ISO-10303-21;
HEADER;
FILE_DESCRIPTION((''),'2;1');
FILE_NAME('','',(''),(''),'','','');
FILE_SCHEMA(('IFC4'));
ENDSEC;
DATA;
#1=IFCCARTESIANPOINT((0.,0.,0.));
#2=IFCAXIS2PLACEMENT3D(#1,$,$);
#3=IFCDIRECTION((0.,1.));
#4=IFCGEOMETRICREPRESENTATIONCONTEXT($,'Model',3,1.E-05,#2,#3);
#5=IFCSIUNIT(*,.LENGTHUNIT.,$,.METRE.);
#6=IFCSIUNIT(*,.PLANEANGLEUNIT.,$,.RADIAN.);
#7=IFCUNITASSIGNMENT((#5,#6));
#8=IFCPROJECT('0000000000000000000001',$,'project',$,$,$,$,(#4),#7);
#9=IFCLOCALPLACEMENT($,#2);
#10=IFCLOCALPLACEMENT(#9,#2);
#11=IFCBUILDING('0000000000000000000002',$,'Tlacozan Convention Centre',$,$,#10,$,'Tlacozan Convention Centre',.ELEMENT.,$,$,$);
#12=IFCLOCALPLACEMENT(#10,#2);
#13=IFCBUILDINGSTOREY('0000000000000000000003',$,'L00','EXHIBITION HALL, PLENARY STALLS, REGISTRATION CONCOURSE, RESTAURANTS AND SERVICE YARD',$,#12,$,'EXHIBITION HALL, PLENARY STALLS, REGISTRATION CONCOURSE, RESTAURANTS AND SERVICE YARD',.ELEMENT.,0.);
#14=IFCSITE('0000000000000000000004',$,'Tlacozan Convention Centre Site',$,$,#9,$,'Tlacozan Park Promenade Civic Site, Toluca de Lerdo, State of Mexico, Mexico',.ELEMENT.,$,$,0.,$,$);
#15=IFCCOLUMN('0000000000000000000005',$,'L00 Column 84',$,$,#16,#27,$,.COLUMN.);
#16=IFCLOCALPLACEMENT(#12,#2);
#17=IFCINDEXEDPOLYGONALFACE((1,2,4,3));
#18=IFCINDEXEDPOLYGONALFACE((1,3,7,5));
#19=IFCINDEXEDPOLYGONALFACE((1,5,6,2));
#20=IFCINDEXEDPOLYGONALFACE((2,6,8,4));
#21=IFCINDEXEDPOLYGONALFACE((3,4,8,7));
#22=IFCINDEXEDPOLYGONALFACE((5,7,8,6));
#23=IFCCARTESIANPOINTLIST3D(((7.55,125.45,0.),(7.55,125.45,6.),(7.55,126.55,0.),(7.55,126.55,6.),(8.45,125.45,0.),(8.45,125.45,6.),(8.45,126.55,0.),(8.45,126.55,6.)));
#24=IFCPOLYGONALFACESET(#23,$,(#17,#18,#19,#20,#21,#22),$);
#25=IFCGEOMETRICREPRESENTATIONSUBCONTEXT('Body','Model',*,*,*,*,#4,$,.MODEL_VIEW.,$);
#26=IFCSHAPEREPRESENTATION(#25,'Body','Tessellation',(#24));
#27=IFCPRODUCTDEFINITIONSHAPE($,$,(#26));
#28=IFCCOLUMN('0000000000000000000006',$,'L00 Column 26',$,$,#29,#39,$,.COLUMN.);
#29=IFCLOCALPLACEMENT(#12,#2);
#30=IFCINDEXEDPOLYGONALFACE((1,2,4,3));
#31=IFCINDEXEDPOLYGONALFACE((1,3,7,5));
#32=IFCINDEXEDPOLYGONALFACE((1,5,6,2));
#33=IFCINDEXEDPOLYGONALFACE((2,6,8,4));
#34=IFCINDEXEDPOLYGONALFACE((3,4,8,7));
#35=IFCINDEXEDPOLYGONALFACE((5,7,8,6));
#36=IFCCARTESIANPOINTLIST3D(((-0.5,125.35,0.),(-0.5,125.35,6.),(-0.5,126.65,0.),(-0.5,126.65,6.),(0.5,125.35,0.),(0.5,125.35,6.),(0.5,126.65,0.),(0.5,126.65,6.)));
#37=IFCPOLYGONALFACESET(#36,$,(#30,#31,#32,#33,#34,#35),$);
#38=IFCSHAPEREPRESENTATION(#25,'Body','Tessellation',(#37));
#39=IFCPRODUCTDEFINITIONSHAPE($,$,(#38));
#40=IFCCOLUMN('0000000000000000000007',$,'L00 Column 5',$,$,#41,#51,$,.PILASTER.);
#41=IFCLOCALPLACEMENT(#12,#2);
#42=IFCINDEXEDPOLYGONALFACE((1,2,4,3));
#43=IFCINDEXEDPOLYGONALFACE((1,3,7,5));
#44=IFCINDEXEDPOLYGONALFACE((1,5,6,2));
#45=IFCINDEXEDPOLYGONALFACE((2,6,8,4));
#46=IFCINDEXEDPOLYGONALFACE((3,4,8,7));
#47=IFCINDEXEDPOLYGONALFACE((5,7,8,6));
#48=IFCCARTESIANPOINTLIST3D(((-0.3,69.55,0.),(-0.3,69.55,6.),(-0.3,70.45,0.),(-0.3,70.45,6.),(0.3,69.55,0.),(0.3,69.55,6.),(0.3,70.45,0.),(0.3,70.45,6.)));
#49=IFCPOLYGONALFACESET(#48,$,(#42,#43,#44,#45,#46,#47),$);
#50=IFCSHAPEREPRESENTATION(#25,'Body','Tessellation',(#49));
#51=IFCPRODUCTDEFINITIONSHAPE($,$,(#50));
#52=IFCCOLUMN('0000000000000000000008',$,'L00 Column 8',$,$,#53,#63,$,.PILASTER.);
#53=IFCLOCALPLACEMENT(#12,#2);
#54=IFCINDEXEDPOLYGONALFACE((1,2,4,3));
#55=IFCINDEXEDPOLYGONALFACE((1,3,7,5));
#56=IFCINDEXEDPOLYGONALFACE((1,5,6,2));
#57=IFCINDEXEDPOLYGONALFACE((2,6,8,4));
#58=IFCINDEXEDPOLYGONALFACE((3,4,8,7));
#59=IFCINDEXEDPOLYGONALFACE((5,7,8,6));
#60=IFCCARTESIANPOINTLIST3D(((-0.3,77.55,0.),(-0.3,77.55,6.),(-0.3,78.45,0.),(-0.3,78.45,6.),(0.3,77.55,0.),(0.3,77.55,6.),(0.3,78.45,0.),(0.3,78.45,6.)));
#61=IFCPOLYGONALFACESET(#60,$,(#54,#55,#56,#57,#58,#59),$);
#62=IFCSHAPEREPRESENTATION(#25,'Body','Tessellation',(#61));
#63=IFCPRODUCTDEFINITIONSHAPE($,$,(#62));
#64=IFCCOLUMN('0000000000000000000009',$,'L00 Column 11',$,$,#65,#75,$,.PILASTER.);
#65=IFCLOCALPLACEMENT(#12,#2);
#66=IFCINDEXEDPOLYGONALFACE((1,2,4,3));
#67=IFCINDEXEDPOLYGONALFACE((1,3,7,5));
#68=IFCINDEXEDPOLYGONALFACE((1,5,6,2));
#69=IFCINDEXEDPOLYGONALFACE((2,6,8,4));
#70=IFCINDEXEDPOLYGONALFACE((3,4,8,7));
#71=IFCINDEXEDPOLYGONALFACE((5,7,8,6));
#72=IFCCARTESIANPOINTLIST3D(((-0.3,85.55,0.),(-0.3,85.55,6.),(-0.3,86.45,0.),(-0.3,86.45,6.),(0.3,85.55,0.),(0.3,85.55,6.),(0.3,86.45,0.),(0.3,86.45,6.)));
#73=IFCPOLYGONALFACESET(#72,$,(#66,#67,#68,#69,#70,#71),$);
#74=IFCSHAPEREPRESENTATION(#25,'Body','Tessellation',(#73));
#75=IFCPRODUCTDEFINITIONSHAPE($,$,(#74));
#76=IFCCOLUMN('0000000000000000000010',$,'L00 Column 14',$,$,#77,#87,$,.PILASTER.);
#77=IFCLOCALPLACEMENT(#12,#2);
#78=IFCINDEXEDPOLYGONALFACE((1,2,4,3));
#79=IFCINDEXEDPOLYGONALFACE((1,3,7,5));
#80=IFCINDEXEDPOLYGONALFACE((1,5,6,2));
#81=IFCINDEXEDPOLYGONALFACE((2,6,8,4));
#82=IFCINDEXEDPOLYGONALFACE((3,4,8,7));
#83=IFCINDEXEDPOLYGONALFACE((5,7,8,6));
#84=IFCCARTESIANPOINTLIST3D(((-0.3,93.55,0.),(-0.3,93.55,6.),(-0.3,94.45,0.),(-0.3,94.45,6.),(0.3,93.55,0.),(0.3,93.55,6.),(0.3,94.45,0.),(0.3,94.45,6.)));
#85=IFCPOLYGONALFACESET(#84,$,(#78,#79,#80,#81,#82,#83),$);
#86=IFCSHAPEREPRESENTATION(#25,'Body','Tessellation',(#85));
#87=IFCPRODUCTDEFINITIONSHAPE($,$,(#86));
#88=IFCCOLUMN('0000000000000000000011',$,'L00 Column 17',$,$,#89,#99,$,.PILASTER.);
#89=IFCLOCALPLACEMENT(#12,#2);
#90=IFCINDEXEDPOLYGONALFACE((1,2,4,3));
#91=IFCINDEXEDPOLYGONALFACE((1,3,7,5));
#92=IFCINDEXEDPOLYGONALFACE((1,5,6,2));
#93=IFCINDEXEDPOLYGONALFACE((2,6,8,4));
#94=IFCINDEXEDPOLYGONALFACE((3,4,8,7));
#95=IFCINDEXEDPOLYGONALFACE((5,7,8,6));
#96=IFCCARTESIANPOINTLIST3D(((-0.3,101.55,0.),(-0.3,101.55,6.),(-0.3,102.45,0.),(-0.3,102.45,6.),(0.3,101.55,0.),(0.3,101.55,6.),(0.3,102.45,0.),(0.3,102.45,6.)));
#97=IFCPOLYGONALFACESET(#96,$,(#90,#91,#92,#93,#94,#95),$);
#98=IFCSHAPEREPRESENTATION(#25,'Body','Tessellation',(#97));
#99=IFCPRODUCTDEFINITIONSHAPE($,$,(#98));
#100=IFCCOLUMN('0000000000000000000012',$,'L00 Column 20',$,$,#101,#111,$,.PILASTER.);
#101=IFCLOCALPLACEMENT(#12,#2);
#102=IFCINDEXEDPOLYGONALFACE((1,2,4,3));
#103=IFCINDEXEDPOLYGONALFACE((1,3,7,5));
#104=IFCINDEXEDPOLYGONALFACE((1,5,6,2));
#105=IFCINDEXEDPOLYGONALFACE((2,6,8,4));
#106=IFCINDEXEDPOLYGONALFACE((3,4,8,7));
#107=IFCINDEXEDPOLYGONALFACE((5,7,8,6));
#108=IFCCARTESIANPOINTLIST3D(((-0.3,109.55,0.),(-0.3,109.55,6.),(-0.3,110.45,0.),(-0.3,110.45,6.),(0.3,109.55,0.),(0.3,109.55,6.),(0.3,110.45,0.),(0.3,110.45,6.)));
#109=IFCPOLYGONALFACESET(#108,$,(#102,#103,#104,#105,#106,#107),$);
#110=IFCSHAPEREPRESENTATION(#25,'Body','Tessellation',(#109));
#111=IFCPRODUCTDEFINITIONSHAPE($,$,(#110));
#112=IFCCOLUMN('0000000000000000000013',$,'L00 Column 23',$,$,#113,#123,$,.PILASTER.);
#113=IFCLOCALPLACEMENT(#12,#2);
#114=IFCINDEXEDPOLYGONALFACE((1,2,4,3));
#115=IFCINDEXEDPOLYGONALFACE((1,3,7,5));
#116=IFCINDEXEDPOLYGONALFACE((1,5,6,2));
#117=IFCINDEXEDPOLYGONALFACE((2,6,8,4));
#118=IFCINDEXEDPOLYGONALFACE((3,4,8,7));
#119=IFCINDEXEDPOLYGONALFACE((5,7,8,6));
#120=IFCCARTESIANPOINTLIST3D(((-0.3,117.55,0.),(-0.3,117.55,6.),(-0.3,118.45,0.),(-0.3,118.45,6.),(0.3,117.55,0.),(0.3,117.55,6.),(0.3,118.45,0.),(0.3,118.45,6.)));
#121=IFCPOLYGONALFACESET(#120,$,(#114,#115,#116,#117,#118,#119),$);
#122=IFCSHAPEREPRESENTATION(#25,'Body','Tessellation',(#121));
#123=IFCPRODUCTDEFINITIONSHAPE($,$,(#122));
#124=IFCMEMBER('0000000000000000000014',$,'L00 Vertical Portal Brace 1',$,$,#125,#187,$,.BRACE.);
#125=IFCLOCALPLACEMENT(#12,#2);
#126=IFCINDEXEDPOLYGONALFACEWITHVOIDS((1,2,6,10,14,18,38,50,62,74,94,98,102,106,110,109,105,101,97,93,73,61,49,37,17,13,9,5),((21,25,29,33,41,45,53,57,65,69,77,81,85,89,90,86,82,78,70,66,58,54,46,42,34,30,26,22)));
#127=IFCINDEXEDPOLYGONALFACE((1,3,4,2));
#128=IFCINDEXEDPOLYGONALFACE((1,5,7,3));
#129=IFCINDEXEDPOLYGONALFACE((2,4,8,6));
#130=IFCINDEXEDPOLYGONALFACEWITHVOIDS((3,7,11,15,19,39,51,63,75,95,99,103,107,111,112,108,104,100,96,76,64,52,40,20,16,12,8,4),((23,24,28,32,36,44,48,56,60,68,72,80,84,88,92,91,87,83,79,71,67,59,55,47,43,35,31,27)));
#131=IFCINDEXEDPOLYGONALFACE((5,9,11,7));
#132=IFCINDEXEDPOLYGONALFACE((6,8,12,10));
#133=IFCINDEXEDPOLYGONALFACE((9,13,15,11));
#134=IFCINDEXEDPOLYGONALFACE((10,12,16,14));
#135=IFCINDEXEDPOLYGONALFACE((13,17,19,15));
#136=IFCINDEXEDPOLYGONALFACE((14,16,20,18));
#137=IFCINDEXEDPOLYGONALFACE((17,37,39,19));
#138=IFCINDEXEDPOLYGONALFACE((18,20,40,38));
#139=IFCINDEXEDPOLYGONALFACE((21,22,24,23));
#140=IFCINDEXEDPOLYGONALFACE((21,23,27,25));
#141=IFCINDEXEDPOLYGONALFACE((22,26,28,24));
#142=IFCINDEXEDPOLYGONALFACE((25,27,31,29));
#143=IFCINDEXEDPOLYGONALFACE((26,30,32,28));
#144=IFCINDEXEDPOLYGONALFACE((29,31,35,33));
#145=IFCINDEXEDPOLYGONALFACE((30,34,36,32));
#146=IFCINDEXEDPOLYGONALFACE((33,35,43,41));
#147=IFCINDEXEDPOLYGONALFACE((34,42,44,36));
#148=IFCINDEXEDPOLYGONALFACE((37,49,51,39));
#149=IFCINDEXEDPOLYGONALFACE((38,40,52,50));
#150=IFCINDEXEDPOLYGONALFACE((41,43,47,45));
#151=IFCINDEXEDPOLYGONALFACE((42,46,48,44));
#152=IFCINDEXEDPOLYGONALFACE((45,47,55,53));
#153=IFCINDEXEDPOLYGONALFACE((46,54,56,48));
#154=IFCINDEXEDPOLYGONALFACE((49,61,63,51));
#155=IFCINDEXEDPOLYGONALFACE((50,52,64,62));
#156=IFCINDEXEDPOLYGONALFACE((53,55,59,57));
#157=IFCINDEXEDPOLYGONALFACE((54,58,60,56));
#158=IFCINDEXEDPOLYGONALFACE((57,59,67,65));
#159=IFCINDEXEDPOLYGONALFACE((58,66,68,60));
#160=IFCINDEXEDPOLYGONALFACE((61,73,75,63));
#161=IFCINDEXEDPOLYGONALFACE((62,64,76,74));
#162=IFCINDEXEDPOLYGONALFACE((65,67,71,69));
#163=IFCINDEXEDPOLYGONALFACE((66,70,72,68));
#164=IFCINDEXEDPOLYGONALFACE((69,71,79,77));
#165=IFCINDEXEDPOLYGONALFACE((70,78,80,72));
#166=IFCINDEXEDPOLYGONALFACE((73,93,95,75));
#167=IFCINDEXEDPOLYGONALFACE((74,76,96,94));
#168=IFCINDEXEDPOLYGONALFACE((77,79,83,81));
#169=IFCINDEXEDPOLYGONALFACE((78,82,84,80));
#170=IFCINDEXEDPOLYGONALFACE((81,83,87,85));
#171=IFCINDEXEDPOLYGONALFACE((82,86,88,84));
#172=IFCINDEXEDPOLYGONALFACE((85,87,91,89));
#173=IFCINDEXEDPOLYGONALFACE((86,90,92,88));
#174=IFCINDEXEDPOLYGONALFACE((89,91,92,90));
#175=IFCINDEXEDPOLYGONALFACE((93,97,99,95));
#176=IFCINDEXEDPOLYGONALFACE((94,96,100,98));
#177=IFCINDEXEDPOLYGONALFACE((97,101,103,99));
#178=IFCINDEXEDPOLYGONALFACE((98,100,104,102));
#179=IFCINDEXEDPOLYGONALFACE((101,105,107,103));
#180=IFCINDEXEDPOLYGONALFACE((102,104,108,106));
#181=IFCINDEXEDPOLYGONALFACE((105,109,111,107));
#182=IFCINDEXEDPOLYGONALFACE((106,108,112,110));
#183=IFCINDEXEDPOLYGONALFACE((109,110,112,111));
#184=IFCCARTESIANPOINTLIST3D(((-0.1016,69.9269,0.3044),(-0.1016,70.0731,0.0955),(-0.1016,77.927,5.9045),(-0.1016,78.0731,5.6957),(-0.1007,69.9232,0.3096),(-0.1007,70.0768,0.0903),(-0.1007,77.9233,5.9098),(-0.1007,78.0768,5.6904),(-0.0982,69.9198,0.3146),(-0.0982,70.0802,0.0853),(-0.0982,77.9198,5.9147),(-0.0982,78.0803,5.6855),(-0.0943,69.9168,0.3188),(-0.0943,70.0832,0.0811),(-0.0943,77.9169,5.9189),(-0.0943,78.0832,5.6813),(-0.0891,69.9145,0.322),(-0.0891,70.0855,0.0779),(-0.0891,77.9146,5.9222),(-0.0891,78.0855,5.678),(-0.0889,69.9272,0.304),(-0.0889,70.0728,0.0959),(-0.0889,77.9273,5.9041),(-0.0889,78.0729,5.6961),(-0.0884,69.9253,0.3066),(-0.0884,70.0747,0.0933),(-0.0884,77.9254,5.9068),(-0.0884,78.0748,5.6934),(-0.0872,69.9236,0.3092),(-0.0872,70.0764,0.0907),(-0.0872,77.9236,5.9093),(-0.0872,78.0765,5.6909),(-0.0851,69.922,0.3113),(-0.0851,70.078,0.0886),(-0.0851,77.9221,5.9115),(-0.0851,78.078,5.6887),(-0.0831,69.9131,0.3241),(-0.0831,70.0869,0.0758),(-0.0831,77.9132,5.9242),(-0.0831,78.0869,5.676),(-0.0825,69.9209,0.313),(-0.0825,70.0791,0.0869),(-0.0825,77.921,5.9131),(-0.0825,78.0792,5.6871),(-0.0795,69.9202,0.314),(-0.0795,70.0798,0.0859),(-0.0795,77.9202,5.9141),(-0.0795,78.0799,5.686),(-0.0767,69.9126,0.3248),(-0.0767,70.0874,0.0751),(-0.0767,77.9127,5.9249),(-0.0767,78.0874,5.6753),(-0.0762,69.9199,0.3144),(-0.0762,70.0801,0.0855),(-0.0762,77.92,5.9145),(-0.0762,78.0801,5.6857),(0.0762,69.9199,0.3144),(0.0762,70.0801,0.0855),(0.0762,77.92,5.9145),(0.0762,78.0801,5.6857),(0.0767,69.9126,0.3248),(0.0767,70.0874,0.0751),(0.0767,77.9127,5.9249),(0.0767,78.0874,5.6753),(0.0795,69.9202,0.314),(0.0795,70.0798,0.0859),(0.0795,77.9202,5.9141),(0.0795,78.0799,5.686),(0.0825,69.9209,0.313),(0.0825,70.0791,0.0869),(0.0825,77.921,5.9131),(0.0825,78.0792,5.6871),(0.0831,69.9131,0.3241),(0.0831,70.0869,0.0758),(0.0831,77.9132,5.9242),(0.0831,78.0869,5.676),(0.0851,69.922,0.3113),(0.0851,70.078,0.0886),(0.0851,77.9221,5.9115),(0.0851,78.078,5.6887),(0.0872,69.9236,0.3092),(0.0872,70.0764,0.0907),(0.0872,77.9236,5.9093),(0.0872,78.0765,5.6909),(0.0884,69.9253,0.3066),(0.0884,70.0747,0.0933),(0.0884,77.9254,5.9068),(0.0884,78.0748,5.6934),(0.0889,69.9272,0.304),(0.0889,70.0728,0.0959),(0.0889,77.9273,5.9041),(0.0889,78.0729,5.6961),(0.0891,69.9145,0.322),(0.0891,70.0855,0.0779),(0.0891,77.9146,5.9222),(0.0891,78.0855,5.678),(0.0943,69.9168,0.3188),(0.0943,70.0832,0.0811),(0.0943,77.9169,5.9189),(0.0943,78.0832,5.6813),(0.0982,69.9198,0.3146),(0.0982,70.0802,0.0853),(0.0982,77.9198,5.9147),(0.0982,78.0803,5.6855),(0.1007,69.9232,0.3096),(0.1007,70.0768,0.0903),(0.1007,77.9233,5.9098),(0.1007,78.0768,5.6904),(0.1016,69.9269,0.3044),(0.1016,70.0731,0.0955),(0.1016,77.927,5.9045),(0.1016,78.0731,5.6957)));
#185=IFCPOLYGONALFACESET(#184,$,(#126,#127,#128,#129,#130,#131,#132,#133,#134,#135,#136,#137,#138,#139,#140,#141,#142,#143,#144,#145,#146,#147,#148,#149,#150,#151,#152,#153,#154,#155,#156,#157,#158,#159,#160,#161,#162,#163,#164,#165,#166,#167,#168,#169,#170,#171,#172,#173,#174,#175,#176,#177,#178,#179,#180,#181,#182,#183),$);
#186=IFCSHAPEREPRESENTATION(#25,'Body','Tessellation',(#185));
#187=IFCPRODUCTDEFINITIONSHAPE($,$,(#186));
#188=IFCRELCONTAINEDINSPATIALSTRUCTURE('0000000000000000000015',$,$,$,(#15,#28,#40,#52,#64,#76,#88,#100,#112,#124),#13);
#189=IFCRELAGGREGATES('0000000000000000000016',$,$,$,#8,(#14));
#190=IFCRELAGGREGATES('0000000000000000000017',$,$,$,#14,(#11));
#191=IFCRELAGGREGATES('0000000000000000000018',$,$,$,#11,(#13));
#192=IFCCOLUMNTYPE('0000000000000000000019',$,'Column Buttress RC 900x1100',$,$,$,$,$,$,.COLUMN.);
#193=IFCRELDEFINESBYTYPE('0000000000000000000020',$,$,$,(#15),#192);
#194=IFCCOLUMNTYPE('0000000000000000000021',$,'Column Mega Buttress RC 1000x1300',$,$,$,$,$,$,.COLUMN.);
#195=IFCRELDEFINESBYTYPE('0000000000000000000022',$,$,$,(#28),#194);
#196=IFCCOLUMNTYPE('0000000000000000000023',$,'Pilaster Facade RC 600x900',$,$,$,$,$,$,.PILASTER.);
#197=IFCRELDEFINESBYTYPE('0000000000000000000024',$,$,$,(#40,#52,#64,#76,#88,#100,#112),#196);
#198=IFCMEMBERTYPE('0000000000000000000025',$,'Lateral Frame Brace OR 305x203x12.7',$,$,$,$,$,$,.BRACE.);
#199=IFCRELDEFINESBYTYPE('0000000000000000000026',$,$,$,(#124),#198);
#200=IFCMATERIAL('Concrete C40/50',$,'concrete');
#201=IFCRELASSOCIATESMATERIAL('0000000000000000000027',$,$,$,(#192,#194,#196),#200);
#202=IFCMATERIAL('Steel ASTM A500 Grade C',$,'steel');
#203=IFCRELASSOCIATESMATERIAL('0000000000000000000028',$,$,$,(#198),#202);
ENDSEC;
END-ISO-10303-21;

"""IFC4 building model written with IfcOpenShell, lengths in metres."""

from ifc_helpers import new_model, si_unit, direction, frame, origin, origin_2d, place, context, subcontext, project, spatial, rectangle, hollow_rectangle, extrude, material, material_profile, profile_set, type_object, element, save


model = new_model("IFC4")

# Units and contexts
model_context = context("Model", 3, precision=1e-05, world=origin(), true_north=direction((0.0, 1.0)))
body_context = subcontext(model_context, "Body", "Model", "MODEL_VIEW")
ifc_project = project(units=[si_unit("LENGTHUNIT", "METRE"), si_unit("PLANEANGLEUNIT", "RADIAN")], contexts=[model_context])

# Site, building, storey
site_placement = place(None, origin())
site = spatial("IfcSite", under=ifc_project, at=site_placement, Name="Tlacozan Convention Centre Site", LongName="Tlacozan Park Promenade Civic Site, Toluca de Lerdo, State of Mexico, Mexico", CompositionType="ELEMENT", RefElevation=0.0)
building_placement = place(site_placement, origin())
building = spatial("IfcBuilding", under=site, at=building_placement, Name="Tlacozan Convention Centre", LongName="Tlacozan Convention Centre", CompositionType="ELEMENT")
storey_placement = place(building_placement, origin())
storey = spatial("IfcBuildingStorey", under=building, at=storey_placement, Name="L00", Description="EXHIBITION HALL, PLENARY STALLS, REGISTRATION CONCOURSE, RESTAURANTS AND SERVICE YARD", LongName="EXHIBITION HALL, PLENARY STALLS, REGISTRATION CONCOURSE, RESTAURANTS AND SERVICE YARD", CompositionType="ELEMENT", Elevation=0.0)

# Columns
ifc_material_1 = material(Name="Concrete C40/50", Category="concrete")
ifc_material_profile_1 = material_profile(ifc_material_1, rectangle(XDim=0.8999, YDim=1.1001, at=origin_2d()), Name="RC 900x1100")
ifc_profile_set_1 = profile_set([ifc_material_profile_1], Name="Concrete C40/50")
column_type_1 = type_object("IfcColumnType", Name="Column Buttress RC 900x1100", PredefinedType="COLUMN", material=ifc_profile_set_1)
column_1_placement = place(storey_placement, frame((8.0, 126.0, 0.0), z_axis=(0.0, 0.0, 1.0), x_axis=(1.0, 0.0, 0.0)))
element("IfcColumn", 1, at=column_1_placement, inside=storey, type_object=column_type_1, Name="L00 Column 84", PredefinedType="COLUMN", context=body_context, shape_type="SweptSolid", body=[
    extrude(rectangle(XDim=0.8999, YDim=1.1001, at=origin_2d()), origin(), (0.0, 0.0, 1.0), 6.0),
])
ifc_material_profile_2 = material_profile(ifc_material_1, rectangle(XDim=1.0, YDim=1.3, at=origin_2d()), Name="RC 1000x1300")
ifc_profile_set_2 = profile_set([ifc_material_profile_2], Name="Concrete C40/50")
column_type_2 = type_object("IfcColumnType", Name="Column Mega Buttress RC 1000x1300", PredefinedType="COLUMN", material=ifc_profile_set_2)
column_2_placement = place(storey_placement, frame((0.0, 126.0, 0.0), z_axis=(0.0, 0.0, 1.0), x_axis=(1.0, 0.0, 0.0)))
element("IfcColumn", 2, at=column_2_placement, inside=storey, type_object=column_type_2, Name="L00 Column 26", PredefinedType="COLUMN", context=body_context, shape_type="SweptSolid", body=[
    extrude(rectangle(XDim=1.0, YDim=1.3, at=origin_2d()), origin(), (0.0, 0.0, 1.0), 6.0),
])
ifc_material_profile_3 = material_profile(ifc_material_1, rectangle(XDim=0.6001, YDim=0.8999, at=origin_2d()), Name="RC 600x900")
ifc_profile_set_3 = profile_set([ifc_material_profile_3], Name="Concrete C40/50")
column_type_3 = type_object("IfcColumnType", Name="Pilaster Facade RC 600x900", PredefinedType="PILASTER", material=ifc_profile_set_3)
for number, where, z_axis, x_axis, name in (
    (3, (0.0, 70.0, 0.0), (0.0, 0.0, 1.0), (1.0, 0.0, 0.0), "L00 Column 5"),
    (4, (0.0, 78.0, 0.0), (0.0, 0.0, 1.0), (1.0, 0.0, 0.0), "L00 Column 8"),
    (5, (0.0, 86.0, 0.0), (0.0, 0.0, 1.0), (1.0, 0.0, 0.0), "L00 Column 11"),
    (6, (0.0, 94.0, 0.0), (0.0, 0.0, 1.0), (1.0, 0.0, 0.0), "L00 Column 14"),
    (7, (0.0, 102.0, 0.0), (0.0, 0.0, 1.0), (1.0, 0.0, 0.0), "L00 Column 17"),
    (8, (0.0, 110.0, 0.0), (0.0, 0.0, 1.0), (1.0, 0.0, 0.0), "L00 Column 20"),
    (9, (0.0, 118.0, 0.0), (0.0, 0.0, 1.0), (1.0, 0.0, 0.0), "L00 Column 23"),
):
    element("IfcColumn", number, at=place(storey_placement, frame(where, z_axis=z_axis, x_axis=x_axis)), inside=storey, type_object=column_type_3, Name=name, PredefinedType="PILASTER", context=body_context, shape_type="SweptSolid", body=[
        extrude(rectangle(XDim=0.6001, YDim=0.8999, at=origin_2d()), origin(), (0.0, 0.0, 1.0), 6.0),
    ])

# Member
ifc_material_2 = material(Name="Steel ASTM A500 Grade C", Category="steel")
ifc_material_profile_4 = material_profile(ifc_material_2, hollow_rectangle(XDim=0.2031, YDim=0.3047, WallThickness=0.0127, InnerFilletRadius=0.0127, OuterFilletRadius=0.0249, at=origin_2d()), Name="OR 305x203x12.7")
ifc_profile_set_4 = profile_set([ifc_material_profile_4], Name="Steel ASTM A500 Grade C")
member_type = type_object("IfcMemberType", Name="Lateral Frame Brace OR 305x203x12.7", PredefinedType="BRACE", material=ifc_profile_set_4)
for number, where, z_axis, x_axis, name in (
    (10, (0.0, 70.0, 0.2), (0.0, 0.819227, 0.573469), (-1.0, 0.0, 0.0), "L00 Vertical Portal Brace 1"),
):
    element("IfcMember", number, at=place(storey_placement, frame(where, z_axis=z_axis, x_axis=x_axis)), inside=storey, type_object=member_type, Name=name, PredefinedType="BRACE", context=body_context, shape_type="SweptSolid", body=[
        extrude(hollow_rectangle(XDim=0.2031, YDim=0.3047, WallThickness=0.0127, InnerFilletRadius=0.0127, OuterFilletRadius=0.0249, at=origin_2d()), origin(), (0.0, 0.0, 1.0), 9.7654),
    ])

save(model, "model.ifc")
